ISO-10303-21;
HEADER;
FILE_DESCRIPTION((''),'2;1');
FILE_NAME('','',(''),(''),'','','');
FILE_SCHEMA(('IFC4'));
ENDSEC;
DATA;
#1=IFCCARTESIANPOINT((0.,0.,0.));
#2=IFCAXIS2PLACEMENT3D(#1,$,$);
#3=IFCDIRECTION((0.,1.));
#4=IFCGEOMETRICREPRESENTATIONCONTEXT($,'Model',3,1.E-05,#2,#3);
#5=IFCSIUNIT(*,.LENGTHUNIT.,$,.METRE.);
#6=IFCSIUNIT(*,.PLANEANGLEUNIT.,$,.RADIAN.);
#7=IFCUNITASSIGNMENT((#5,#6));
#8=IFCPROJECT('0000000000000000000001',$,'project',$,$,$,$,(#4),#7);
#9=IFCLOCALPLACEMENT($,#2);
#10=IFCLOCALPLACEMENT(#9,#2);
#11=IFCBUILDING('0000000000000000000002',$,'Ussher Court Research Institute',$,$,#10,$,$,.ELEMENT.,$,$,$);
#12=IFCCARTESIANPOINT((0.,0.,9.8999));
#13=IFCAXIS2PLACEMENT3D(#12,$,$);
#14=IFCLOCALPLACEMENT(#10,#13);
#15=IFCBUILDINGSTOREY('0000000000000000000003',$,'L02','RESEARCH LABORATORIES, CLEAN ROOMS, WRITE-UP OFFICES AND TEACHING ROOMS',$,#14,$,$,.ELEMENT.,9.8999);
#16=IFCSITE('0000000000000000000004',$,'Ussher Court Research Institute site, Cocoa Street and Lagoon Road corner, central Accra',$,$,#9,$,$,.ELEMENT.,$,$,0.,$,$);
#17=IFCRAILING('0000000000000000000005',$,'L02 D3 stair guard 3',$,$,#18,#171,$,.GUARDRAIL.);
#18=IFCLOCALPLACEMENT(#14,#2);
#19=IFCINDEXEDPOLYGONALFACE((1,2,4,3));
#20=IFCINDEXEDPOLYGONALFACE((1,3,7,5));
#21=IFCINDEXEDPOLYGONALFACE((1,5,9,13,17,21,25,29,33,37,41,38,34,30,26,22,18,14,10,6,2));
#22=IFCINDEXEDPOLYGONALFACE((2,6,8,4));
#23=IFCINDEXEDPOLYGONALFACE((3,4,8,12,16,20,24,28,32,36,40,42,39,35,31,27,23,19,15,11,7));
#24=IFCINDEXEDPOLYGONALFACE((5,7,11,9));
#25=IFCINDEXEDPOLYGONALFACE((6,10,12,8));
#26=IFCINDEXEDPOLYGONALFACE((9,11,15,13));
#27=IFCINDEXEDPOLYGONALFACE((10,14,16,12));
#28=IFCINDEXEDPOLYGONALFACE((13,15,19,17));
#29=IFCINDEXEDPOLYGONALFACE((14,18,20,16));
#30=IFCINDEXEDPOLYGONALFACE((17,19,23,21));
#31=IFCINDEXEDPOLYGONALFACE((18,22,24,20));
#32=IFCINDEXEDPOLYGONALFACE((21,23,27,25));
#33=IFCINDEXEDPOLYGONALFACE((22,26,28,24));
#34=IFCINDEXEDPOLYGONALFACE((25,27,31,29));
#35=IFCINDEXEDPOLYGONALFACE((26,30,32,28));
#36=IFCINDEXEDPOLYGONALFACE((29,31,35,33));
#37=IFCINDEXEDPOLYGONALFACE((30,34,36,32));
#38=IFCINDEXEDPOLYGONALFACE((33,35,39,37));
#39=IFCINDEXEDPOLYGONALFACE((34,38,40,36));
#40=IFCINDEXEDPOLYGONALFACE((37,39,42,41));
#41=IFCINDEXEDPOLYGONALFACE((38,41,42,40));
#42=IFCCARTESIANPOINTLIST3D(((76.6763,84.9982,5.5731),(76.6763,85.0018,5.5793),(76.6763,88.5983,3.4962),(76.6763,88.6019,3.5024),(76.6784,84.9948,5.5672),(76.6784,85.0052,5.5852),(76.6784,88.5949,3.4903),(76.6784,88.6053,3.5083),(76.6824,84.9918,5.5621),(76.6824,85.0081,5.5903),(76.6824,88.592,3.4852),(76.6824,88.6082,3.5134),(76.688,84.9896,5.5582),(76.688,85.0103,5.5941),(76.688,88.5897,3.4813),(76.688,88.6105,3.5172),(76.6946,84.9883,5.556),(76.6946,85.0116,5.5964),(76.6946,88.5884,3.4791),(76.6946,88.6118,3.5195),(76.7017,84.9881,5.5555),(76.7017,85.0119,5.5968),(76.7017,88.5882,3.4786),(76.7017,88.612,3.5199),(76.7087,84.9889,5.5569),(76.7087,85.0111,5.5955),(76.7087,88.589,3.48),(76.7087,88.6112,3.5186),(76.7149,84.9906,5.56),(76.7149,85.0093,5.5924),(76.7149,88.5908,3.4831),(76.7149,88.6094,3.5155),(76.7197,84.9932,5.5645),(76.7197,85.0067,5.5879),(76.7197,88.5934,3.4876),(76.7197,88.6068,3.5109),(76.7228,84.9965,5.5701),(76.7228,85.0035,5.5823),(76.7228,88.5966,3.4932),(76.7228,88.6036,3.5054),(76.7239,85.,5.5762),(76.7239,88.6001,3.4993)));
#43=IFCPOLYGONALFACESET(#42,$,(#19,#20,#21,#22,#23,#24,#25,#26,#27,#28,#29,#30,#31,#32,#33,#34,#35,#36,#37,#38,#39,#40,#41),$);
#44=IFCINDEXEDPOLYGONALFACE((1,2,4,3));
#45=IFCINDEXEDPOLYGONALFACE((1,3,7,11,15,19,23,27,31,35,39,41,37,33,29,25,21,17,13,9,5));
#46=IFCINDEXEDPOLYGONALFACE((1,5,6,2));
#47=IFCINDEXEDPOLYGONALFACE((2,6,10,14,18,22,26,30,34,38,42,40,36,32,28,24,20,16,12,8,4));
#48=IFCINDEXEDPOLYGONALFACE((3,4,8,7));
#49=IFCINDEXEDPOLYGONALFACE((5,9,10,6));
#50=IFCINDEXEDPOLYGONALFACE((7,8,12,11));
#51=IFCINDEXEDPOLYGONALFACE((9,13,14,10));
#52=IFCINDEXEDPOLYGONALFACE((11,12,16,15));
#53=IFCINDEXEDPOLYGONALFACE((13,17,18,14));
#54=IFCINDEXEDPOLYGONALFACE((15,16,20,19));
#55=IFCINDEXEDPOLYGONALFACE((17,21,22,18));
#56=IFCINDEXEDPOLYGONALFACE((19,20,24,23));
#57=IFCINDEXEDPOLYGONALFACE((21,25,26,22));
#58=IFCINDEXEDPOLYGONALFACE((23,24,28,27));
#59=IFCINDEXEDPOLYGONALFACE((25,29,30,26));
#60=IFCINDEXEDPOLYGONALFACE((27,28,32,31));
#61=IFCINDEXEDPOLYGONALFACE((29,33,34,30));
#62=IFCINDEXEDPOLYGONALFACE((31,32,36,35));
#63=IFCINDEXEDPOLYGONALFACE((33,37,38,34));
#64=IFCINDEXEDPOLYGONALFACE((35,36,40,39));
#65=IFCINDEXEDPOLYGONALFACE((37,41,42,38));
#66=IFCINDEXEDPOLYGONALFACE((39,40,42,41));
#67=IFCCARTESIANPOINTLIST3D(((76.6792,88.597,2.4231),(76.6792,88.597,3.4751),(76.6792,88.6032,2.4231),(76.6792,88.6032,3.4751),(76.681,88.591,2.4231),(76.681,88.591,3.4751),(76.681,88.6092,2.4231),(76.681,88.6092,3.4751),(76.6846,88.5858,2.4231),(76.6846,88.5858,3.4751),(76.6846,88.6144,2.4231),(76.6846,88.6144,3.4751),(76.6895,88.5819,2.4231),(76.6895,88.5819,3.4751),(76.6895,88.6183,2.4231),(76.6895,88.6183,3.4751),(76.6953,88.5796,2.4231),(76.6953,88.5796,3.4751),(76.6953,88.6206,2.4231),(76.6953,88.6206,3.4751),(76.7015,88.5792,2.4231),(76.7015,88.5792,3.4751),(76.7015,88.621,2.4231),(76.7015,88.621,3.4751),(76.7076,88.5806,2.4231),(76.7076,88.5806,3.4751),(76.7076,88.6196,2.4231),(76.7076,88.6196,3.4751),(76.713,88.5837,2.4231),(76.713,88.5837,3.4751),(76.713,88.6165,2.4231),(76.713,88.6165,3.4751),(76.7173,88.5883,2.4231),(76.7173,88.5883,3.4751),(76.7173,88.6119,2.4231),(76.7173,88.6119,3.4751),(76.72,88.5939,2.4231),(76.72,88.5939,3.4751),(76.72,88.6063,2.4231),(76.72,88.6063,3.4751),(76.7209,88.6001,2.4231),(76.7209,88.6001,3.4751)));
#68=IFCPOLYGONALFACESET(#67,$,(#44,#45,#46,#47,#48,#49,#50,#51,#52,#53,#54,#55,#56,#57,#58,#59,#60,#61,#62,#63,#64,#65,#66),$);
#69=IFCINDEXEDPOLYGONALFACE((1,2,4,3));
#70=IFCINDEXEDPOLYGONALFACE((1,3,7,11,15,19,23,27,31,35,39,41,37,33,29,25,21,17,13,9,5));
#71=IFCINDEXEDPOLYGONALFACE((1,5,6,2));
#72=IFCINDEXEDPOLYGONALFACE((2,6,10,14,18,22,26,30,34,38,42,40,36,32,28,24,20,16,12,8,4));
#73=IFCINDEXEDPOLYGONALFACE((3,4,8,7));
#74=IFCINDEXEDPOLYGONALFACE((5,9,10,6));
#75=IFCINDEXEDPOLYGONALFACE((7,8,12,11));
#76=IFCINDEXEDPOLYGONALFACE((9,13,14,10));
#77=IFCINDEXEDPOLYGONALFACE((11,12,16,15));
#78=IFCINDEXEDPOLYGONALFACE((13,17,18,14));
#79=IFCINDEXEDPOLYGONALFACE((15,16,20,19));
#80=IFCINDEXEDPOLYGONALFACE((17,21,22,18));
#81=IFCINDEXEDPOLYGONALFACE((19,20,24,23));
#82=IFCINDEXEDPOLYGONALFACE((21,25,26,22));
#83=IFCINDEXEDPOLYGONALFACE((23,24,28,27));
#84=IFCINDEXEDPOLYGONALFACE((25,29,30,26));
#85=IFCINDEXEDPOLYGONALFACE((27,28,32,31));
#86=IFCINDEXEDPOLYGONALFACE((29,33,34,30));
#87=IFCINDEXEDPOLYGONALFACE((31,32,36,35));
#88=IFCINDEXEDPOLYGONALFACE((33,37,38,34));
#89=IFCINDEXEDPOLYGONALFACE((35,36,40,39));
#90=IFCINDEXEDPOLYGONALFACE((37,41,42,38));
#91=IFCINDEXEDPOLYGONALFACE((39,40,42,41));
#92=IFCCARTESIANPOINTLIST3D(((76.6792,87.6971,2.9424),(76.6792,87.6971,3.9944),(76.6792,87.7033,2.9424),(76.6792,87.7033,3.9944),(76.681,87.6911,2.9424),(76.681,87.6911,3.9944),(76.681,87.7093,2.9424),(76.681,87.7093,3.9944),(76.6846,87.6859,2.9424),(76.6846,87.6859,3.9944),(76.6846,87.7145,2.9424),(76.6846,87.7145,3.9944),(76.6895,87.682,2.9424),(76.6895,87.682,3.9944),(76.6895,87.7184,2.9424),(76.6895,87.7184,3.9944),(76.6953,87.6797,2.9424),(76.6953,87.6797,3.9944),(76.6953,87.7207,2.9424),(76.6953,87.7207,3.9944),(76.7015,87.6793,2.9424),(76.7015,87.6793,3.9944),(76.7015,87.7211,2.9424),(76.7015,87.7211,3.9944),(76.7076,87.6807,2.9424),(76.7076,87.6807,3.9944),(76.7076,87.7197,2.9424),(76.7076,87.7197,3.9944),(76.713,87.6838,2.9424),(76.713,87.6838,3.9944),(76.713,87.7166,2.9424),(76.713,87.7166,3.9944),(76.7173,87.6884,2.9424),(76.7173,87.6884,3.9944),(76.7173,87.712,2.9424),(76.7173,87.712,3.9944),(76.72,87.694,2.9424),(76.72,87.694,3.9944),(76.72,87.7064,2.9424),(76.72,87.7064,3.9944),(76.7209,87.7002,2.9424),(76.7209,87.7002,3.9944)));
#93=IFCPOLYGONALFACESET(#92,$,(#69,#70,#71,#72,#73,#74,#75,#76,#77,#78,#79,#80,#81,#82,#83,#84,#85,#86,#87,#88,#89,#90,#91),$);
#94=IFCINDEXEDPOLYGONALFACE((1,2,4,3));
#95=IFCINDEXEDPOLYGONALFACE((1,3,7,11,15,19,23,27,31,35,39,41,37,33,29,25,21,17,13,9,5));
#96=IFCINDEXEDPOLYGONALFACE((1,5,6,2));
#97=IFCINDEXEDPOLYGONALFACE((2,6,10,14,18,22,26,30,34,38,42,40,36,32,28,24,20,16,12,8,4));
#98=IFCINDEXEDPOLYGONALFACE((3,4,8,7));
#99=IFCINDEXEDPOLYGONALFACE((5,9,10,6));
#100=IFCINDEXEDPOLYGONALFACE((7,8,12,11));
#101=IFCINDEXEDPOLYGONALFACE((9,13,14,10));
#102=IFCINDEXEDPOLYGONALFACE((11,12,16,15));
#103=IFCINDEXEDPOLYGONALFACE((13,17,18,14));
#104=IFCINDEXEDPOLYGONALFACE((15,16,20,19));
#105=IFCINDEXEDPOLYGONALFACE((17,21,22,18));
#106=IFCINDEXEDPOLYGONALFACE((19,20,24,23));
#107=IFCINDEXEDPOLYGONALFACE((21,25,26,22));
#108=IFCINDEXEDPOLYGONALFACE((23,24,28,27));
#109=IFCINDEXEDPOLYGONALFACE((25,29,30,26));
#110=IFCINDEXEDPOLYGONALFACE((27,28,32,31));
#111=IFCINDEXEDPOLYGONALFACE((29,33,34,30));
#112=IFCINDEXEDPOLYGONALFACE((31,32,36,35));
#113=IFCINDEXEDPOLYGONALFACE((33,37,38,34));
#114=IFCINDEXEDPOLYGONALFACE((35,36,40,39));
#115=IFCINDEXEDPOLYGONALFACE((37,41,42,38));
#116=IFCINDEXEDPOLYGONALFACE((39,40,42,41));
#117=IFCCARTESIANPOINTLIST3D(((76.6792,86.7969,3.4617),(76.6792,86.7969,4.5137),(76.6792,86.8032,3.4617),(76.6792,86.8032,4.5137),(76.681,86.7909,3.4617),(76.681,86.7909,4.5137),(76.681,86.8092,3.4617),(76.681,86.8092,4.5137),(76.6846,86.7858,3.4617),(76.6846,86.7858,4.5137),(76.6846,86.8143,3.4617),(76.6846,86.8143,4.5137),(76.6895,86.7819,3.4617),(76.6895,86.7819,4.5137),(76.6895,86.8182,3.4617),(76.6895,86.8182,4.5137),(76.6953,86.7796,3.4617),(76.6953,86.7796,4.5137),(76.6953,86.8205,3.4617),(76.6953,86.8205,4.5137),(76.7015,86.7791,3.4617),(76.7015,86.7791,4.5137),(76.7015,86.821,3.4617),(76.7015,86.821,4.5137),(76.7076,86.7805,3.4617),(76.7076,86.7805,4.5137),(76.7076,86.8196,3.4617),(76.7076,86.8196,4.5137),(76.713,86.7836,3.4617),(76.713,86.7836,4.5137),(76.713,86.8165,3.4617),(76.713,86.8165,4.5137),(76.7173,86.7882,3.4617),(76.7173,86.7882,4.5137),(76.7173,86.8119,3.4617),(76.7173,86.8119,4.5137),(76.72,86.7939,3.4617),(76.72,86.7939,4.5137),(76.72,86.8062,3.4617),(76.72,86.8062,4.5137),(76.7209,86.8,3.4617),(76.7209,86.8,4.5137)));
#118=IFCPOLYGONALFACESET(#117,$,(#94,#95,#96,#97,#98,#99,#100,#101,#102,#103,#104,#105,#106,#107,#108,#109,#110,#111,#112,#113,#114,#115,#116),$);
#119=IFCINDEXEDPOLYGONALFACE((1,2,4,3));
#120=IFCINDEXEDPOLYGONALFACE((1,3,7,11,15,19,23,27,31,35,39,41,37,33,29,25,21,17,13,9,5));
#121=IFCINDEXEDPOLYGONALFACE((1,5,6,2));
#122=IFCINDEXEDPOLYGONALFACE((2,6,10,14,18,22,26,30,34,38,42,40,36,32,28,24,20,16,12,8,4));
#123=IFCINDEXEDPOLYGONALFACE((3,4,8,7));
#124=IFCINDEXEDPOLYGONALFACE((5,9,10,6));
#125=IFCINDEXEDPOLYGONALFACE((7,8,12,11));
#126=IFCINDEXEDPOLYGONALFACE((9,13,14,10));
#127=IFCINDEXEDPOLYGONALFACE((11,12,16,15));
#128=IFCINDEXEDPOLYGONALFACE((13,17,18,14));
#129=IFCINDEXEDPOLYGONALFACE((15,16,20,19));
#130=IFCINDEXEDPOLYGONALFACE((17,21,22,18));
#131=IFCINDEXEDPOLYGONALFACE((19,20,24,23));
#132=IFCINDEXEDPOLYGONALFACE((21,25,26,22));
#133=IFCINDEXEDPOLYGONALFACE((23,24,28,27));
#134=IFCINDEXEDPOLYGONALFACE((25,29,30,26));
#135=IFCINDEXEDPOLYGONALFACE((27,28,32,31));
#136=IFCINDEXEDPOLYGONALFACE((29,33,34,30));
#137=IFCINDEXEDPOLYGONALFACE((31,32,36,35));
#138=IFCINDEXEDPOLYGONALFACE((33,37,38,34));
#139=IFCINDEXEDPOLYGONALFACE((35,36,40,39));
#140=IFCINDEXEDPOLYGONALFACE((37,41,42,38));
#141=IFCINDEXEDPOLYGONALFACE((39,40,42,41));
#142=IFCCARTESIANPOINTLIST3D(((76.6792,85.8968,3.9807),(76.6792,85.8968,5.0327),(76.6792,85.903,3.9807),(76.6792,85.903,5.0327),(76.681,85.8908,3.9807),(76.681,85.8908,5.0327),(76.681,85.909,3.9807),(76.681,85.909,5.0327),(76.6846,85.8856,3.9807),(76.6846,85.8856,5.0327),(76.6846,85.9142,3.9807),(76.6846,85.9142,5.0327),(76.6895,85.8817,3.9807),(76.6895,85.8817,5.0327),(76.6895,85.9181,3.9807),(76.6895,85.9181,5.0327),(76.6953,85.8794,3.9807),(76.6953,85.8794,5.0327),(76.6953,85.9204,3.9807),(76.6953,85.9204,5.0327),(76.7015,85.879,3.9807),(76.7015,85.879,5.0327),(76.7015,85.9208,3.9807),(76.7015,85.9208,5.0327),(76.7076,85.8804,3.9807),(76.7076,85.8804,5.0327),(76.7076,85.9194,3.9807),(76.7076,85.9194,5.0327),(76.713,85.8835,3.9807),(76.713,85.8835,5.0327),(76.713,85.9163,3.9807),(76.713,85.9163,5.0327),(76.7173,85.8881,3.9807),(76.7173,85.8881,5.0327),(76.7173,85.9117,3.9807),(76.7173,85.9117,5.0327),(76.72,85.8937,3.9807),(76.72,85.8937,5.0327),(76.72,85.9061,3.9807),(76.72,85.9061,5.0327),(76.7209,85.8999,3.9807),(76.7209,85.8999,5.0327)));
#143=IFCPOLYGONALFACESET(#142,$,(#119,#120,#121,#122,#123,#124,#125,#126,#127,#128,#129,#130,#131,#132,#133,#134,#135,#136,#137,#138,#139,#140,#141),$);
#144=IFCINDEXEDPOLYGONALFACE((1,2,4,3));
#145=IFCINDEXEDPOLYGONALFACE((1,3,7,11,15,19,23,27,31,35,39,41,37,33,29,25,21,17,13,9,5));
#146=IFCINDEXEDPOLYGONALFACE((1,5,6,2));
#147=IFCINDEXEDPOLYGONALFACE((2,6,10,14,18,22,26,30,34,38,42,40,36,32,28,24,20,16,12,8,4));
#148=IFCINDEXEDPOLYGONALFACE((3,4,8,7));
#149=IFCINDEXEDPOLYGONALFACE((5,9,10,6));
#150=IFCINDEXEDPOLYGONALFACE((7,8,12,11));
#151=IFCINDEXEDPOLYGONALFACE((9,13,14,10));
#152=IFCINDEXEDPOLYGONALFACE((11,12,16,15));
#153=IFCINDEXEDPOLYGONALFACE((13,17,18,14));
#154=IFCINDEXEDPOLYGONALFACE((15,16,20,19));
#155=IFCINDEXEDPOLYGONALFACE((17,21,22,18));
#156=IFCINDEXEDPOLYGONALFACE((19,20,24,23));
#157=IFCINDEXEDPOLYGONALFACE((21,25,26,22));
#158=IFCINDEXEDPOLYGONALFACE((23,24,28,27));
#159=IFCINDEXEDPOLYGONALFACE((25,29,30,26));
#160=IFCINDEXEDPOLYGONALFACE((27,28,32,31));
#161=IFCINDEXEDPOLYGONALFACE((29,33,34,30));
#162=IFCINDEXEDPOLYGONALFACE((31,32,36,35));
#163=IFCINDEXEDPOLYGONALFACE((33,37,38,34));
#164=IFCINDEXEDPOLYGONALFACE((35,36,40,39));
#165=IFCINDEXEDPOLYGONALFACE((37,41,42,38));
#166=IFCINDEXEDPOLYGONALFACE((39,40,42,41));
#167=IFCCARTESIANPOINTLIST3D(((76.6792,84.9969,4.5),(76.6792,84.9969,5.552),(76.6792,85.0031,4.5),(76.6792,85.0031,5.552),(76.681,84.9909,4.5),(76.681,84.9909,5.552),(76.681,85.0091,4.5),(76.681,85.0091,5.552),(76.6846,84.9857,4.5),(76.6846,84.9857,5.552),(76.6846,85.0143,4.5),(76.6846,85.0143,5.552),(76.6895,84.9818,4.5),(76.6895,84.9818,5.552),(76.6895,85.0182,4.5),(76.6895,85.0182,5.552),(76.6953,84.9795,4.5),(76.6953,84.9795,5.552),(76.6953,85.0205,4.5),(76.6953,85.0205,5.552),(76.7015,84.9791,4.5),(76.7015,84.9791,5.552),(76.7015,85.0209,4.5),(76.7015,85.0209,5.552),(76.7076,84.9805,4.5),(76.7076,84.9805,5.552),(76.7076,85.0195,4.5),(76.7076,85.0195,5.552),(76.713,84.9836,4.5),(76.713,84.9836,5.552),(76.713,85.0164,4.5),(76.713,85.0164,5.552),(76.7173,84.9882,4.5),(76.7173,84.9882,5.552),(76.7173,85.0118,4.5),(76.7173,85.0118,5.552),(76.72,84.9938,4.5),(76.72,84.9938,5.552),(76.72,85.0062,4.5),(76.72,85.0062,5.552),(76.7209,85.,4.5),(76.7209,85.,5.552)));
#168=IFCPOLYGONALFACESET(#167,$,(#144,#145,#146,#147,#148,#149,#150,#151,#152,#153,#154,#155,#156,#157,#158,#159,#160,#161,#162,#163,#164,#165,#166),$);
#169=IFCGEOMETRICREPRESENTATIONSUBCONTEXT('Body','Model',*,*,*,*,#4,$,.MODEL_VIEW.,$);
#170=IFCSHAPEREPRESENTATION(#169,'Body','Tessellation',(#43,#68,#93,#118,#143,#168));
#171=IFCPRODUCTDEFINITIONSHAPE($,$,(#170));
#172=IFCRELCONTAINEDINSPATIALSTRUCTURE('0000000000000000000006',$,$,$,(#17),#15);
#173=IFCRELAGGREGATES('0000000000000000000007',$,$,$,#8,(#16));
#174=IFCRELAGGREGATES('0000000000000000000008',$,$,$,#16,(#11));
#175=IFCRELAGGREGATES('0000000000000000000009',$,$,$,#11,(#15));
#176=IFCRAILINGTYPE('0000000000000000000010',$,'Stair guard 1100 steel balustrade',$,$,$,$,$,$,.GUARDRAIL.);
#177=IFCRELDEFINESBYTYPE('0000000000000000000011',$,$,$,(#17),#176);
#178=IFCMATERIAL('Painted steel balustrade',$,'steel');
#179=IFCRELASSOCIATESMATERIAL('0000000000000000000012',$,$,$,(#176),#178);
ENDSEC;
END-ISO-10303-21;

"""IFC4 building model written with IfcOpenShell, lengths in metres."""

from ifc_helpers import new_model, si_unit, direction, frame, origin, origin_2d, place, context, subcontext, project, spatial, circle, extrude, material, type_object, element, save


model = new_model("IFC4")

# Units and contexts
model_context = context("Model", 3, precision=1e-05, world=origin(), true_north=direction((0.0, 1.0)))
body_context = subcontext(model_context, "Body", "Model", "MODEL_VIEW")
ifc_project = project(units=[si_unit("LENGTHUNIT", "METRE"), si_unit("PLANEANGLEUNIT", "RADIAN")], contexts=[model_context])

# Site, building, storey
site_placement = place(None, origin())
site = spatial("IfcSite", under=ifc_project, at=site_placement, Name="Ussher Court Research Institute site, Cocoa Street and Lagoon Road corner, central Accra", CompositionType="ELEMENT", RefElevation=0.0)
building_placement = place(site_placement, origin())
building = spatial("IfcBuilding", under=site, at=building_placement, Name="Ussher Court Research Institute", CompositionType="ELEMENT")
storey_placement = place(building_placement, frame((0.0, 0.0, 9.8999)))
storey = spatial("IfcBuildingStorey", under=building, at=storey_placement, Name="L02", Description="RESEARCH LABORATORIES, CLEAN ROOMS, WRITE-UP OFFICES AND TEACHING ROOMS", CompositionType="ELEMENT", Elevation=9.8999)

# Railing
ifc_material_1 = material(Name="Painted steel balustrade", Category="steel")
railing_type_1 = type_object("IfcRailingType", Name="Stair guard 1100 steel balustrade", PredefinedType="GUARDRAIL", material=ifc_material_1)
railing_1_placement = place(storey_placement, frame((76.7, 88.6001, 2.4231)))
element("IfcRailing", 1, at=railing_1_placement, inside=storey, type_object=railing_type_1, Name="L02 D3 stair guard 3", PredefinedType="GUARDRAIL", context=body_context, shape_type="SweptSolid", body=[
    extrude(circle(Radius=0.0239, at=origin_2d()), frame((0.0, 0.0, 1.0762), z_axis=(0.0, -0.866193, 0.499709), x_axis=(1.0, 0.0, 0.0)), (0.0, 0.0, 1.0), 4.1562),
    extrude(circle(Radius=0.021, at=origin_2d()), origin(), (0.0, 0.0, 1.0), 1.052),
    extrude(circle(Radius=0.021, at=origin_2d()), frame((0.0, -0.8999, 0.5193)), (0.0, 0.0, 1.0), 1.052),
    extrude(circle(Radius=0.021, at=origin_2d()), frame((0.0, -1.8, 1.0386)), (0.0, 0.0, 1.0), 1.052),
    extrude(circle(Radius=0.021, at=origin_2d()), frame((0.0, -2.7002, 1.5576)), (0.0, 0.0, 1.0), 1.052),
    extrude(circle(Radius=0.021, at=origin_2d()), frame((0.0, -3.6001, 2.0769)), (0.0, 0.0, 1.0), 1.052),
])

save(model, "model.ifc")
